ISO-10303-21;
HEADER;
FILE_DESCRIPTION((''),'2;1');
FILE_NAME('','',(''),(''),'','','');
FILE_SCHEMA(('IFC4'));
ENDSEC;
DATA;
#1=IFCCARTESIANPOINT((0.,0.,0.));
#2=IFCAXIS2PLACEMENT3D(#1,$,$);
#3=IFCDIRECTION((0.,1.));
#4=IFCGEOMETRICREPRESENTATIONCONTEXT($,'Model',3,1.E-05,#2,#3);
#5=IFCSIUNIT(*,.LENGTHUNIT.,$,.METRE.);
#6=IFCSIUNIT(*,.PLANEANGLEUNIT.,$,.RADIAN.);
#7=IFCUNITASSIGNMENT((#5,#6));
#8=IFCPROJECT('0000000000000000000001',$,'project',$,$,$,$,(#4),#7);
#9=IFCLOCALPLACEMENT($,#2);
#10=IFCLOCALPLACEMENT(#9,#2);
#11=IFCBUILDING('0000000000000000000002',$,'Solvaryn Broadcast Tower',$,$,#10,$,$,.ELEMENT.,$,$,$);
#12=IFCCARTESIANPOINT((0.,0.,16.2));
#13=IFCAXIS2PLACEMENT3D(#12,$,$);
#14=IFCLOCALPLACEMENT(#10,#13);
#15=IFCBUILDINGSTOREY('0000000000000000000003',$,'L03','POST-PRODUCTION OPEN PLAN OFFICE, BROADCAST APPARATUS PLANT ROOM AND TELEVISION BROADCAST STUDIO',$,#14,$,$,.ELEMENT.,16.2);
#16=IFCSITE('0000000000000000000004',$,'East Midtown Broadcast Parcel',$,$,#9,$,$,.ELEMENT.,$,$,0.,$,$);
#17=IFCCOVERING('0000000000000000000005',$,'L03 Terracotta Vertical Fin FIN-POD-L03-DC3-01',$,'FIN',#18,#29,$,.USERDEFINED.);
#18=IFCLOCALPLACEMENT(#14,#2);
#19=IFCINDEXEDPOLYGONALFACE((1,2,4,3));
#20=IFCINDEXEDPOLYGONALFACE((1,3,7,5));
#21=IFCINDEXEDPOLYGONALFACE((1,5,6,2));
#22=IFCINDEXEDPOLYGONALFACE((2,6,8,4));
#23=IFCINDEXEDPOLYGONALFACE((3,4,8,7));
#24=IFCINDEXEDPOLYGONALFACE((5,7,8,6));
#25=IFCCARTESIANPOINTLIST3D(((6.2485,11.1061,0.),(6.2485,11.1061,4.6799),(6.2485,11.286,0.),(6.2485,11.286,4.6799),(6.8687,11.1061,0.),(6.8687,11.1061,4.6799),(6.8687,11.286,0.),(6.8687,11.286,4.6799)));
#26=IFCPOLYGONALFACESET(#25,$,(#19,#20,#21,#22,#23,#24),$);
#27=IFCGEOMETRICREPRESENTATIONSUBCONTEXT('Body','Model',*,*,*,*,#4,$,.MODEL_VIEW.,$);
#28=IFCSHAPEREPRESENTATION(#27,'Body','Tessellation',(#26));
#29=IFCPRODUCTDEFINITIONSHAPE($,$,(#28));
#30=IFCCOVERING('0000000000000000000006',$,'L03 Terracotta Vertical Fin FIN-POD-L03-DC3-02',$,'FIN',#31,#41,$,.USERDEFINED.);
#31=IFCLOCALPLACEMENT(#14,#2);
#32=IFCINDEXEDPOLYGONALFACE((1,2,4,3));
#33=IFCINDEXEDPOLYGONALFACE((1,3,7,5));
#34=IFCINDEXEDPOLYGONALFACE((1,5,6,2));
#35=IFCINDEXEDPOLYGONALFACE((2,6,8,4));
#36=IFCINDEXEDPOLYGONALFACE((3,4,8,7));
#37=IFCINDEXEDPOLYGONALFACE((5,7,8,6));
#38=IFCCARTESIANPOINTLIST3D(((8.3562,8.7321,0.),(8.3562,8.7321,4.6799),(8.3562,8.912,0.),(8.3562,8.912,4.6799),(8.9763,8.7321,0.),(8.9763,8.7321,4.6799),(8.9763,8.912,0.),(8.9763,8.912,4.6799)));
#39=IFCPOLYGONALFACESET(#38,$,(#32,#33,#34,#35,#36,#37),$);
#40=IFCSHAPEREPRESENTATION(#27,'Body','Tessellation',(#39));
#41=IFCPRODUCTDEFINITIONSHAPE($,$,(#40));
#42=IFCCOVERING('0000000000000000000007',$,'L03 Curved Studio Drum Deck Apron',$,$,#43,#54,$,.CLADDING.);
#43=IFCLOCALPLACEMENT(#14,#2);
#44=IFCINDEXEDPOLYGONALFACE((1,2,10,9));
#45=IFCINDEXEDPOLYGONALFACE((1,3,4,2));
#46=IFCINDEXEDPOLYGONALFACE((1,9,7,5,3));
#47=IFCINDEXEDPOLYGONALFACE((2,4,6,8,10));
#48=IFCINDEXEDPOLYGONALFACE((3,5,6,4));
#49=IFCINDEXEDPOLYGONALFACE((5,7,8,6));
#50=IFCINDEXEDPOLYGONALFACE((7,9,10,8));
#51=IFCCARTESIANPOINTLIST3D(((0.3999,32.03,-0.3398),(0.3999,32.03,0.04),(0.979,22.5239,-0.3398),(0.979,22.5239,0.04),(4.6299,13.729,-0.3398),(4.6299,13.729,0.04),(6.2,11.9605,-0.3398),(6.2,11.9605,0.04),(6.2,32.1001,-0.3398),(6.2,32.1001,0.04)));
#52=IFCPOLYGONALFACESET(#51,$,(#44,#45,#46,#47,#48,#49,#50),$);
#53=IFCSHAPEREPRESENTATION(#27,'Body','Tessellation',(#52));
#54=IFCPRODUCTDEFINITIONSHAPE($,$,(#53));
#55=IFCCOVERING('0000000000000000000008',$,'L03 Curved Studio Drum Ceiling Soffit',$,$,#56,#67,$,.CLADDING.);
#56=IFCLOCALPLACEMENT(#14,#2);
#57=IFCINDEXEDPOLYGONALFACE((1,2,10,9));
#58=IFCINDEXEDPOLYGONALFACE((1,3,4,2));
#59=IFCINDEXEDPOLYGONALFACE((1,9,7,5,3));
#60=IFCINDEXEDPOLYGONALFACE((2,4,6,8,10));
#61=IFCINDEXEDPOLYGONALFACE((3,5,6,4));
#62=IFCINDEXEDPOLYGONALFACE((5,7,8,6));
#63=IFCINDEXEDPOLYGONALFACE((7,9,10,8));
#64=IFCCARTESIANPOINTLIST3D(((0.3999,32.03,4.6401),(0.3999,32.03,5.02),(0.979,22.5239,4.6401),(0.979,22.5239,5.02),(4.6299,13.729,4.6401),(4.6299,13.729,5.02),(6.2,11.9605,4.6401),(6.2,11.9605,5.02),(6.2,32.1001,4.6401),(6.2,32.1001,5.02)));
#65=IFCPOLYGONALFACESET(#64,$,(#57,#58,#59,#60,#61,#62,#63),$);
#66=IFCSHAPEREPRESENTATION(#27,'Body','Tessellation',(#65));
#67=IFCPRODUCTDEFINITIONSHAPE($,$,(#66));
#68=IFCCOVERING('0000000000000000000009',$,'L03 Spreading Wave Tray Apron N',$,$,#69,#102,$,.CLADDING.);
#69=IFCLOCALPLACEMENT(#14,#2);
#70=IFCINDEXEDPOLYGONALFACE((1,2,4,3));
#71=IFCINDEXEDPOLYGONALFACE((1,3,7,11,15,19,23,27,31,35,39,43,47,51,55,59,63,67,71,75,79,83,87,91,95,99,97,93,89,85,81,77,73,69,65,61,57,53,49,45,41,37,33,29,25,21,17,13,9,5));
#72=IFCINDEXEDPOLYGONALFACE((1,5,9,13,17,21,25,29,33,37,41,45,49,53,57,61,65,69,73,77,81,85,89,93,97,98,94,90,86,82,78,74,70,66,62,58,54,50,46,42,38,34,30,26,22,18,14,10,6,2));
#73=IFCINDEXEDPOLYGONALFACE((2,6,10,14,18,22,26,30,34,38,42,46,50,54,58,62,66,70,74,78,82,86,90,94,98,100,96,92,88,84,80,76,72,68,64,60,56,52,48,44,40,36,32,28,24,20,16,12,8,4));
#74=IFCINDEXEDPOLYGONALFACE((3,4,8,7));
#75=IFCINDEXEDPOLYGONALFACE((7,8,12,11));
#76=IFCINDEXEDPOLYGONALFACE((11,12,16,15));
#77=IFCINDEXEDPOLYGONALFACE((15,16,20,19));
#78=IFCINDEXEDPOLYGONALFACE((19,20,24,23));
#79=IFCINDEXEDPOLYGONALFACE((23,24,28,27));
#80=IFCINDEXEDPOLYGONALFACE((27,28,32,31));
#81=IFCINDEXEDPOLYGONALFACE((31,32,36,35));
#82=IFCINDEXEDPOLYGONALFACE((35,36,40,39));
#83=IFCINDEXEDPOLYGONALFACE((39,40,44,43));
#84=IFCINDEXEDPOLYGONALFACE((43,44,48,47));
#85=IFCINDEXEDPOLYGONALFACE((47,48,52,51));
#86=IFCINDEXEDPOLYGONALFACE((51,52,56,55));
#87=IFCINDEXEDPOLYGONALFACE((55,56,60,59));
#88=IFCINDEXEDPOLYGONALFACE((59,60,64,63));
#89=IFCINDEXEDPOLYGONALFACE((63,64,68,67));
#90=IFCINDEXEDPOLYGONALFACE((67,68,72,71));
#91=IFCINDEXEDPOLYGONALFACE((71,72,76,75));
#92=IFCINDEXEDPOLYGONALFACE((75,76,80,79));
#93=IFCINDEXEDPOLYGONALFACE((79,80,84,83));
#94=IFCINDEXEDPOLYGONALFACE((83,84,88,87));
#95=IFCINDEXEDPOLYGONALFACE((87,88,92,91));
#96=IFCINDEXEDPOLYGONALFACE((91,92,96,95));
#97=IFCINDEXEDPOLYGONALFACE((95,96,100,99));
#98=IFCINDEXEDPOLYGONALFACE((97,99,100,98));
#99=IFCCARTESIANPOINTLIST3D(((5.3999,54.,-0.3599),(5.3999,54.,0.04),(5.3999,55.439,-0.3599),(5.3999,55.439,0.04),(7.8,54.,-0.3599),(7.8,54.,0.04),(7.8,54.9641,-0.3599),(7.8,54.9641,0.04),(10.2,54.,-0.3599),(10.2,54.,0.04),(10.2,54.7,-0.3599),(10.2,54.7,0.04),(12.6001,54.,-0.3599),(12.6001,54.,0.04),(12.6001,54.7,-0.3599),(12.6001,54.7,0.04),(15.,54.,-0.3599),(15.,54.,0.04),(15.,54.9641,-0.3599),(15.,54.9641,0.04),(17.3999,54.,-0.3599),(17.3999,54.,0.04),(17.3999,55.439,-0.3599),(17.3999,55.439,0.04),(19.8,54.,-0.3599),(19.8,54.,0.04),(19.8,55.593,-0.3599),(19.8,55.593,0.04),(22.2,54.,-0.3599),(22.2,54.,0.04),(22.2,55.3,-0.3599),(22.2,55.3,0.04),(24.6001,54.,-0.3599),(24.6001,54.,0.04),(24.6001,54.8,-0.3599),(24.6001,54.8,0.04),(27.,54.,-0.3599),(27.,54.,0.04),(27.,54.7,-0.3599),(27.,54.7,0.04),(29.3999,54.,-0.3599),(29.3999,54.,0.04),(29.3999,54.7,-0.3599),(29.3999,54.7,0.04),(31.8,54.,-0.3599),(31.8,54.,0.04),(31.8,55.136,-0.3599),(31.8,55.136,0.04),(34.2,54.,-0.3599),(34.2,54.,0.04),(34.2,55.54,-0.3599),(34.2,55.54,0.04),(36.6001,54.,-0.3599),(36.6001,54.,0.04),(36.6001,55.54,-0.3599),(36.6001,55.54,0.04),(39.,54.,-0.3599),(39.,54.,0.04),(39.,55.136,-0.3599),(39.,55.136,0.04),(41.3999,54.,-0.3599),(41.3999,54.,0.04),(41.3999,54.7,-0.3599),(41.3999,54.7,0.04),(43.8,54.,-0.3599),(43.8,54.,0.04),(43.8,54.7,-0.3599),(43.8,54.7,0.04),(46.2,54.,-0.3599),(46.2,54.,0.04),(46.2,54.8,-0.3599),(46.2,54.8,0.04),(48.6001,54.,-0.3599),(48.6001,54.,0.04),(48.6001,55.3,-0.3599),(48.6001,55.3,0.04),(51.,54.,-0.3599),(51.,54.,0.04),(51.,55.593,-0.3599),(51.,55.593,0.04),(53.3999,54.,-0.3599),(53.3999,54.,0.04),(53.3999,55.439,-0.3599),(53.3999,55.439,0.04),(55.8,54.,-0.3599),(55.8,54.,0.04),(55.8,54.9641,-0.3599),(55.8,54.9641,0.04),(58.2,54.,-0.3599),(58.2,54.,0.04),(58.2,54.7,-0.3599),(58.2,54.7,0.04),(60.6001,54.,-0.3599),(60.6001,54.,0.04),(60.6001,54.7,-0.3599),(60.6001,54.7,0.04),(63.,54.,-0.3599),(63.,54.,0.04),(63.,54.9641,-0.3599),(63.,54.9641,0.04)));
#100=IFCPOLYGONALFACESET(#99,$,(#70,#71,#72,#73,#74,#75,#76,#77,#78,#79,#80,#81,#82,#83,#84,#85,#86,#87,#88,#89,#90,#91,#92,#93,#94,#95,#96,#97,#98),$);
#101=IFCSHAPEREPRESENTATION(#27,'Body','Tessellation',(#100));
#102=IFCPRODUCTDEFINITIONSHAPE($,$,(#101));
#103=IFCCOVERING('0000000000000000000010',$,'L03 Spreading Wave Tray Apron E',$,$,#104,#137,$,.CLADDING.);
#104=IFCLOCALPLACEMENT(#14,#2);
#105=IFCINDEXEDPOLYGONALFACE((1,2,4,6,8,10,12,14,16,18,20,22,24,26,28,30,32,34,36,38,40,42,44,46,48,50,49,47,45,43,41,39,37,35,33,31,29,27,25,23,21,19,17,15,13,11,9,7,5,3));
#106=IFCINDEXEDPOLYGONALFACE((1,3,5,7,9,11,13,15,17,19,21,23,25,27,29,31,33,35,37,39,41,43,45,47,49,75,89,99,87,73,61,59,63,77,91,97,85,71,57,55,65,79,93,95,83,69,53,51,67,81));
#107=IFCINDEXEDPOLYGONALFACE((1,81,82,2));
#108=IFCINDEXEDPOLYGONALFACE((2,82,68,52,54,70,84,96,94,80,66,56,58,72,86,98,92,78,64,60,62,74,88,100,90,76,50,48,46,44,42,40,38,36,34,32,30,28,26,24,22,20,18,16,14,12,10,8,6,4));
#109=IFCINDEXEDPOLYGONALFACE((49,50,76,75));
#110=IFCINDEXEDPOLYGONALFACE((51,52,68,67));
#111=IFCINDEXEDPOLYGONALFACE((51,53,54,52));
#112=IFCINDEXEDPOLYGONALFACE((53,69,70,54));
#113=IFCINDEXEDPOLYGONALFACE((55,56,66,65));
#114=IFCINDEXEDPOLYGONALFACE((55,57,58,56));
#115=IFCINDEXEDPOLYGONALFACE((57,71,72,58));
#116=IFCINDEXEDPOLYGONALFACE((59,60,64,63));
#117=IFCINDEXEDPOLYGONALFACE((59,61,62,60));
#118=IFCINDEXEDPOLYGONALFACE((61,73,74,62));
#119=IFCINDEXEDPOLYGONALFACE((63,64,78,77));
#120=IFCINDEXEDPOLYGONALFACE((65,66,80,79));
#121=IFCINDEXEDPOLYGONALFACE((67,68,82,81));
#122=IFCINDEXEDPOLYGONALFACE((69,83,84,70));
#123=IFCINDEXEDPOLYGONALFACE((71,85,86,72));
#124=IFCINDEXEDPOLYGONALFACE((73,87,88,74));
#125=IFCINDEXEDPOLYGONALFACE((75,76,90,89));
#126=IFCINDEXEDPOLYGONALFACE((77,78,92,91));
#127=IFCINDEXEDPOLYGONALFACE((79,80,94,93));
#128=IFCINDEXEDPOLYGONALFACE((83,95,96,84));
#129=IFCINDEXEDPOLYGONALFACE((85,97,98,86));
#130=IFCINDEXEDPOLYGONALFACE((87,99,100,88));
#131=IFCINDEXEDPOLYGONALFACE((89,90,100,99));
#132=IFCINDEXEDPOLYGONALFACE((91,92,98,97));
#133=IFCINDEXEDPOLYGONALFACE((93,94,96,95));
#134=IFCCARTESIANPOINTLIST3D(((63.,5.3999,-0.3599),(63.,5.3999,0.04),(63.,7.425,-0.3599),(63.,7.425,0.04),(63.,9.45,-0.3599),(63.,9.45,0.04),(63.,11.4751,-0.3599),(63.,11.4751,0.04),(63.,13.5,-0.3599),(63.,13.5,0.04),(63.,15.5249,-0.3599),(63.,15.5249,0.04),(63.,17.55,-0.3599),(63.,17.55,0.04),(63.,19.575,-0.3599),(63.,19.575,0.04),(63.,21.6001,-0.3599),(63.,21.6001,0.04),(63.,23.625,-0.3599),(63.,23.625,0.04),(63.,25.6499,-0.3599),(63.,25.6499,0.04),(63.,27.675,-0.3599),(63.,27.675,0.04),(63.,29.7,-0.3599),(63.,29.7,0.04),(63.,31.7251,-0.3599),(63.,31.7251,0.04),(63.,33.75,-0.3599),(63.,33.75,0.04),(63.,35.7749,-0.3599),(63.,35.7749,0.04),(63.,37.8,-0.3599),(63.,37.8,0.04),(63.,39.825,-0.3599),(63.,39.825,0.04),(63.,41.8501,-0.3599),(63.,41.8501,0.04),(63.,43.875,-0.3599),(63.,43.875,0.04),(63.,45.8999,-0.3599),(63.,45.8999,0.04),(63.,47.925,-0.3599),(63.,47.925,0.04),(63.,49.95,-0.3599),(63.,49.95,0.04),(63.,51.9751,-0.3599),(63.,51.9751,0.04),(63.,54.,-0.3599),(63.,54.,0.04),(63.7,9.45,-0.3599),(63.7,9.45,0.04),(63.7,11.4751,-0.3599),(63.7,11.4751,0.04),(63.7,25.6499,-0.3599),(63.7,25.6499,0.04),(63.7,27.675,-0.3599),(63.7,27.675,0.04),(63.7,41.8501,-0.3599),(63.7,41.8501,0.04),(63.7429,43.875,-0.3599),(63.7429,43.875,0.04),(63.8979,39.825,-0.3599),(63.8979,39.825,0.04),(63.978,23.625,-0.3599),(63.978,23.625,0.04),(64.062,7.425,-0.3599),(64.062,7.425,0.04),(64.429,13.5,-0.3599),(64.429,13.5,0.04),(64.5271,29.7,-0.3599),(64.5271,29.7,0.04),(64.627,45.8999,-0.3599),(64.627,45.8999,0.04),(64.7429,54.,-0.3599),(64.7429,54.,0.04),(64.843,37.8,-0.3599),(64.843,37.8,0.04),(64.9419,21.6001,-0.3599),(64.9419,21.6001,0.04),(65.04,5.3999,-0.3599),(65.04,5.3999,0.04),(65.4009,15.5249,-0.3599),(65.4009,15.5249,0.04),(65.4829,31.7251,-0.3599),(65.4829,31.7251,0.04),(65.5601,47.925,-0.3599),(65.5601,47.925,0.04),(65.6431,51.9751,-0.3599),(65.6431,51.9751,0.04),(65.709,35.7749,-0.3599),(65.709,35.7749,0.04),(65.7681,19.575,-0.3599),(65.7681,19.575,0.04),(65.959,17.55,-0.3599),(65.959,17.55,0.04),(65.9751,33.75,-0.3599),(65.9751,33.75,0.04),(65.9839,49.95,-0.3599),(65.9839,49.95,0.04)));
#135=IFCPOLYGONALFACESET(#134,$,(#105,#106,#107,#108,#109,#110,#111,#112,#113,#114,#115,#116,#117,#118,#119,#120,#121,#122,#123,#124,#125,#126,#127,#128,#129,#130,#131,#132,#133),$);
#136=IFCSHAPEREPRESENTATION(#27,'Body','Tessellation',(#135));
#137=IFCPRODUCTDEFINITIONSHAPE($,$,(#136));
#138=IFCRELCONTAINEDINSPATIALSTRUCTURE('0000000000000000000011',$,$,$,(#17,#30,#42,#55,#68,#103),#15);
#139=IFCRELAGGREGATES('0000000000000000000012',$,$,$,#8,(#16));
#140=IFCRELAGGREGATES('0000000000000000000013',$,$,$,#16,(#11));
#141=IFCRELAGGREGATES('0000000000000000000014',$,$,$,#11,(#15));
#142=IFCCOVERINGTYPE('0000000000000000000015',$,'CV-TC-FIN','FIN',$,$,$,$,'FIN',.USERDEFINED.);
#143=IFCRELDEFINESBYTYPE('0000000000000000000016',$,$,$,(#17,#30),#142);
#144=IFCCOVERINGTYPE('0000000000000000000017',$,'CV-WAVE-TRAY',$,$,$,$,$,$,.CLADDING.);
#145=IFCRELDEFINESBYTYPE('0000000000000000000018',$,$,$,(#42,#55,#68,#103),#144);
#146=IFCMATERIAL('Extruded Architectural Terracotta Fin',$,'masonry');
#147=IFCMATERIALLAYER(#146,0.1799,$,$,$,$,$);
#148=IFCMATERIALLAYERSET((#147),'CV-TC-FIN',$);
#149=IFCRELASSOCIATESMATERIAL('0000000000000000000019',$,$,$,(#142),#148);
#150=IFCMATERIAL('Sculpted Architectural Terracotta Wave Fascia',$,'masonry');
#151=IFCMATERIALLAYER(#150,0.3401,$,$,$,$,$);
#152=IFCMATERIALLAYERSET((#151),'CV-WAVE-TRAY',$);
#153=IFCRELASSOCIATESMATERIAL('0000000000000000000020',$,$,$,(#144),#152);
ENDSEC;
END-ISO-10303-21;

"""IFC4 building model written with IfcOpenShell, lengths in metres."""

from ifc_helpers import new_model, si_unit, direction, frame, origin, origin_2d, place, context, subcontext, project, spatial, polyline, rectangle, outline, extrude, material, layer, layer_set, type_object, element, save


model = new_model("IFC4")

# Units and contexts
model_context = context("Model", 3, precision=1e-05, world=origin(), true_north=direction((0.0, 1.0)))
body_context = subcontext(model_context, "Body", "Model", "MODEL_VIEW")
ifc_project = project(units=[si_unit("LENGTHUNIT", "METRE"), si_unit("PLANEANGLEUNIT", "RADIAN")], contexts=[model_context])

# Site, building, storey
site_placement = place(None, origin())
site = spatial("IfcSite", under=ifc_project, at=site_placement, Name="East Midtown Broadcast Parcel", CompositionType="ELEMENT", RefElevation=0.0)
building_placement = place(site_placement, origin())
building = spatial("IfcBuilding", under=site, at=building_placement, Name="Solvaryn Broadcast Tower", CompositionType="ELEMENT")
storey_placement = place(building_placement, frame((0.0, 0.0, 16.2)))
storey = spatial("IfcBuildingStorey", under=building, at=storey_placement, Name="L03", Description="POST-PRODUCTION OPEN PLAN OFFICE, BROADCAST APPARATUS PLANT ROOM AND TELEVISION BROADCAST STUDIO", CompositionType="ELEMENT", Elevation=16.2)

# Coverings
ifc_material_1 = material(Name="Extruded Architectural Terracotta Fin", Category="masonry")
ifc_layer_1 = layer(ifc_material_1, 0.1799)
ifc_layer_set_1 = layer_set([ifc_layer_1], Name="CV-TC-FIN")
covering_type_1 = type_object("IfcCoveringType", Name="CV-TC-FIN", Description="FIN", ElementType="FIN", PredefinedType="USERDEFINED", material=ifc_layer_set_1)
for number, where, z_axis, x_axis, name in (
    (1, (6.5586, 11.196, 0.0), (0.0, 0.0, 1.0), (1.0, 0.0, 0.0), "L03 Terracotta Vertical Fin FIN-POD-L03-DC3-01"),
    (2, (8.6663, 8.822, 0.0), (0.0, 0.0, 1.0), (1.0, 0.0, 0.0), "L03 Terracotta Vertical Fin FIN-POD-L03-DC3-02"),
):
    element("IfcCovering", number, at=place(storey_placement, frame(where, z_axis=z_axis, x_axis=x_axis)), inside=storey, type_object=covering_type_1, Name=name, ObjectType="FIN", PredefinedType="USERDEFINED", context=body_context, shape_type="SweptSolid", body=[
        extrude(rectangle(XDim=0.6201, YDim=0.1799, at=origin_2d()), origin(), (0.0, 0.0, 1.0), 4.6799),
    ])
ifc_material_2 = material(Name="Sculpted Architectural Terracotta Wave Fascia", Category="masonry")
ifc_layer_2 = layer(ifc_material_2, 0.3401)
ifc_layer_set_2 = layer_set([ifc_layer_2], Name="CV-WAVE-TRAY")
covering_type_2 = type_object("IfcCoveringType", Name="CV-WAVE-TRAY", PredefinedType="CLADDING", material=ifc_layer_set_2)
for number, where, name in (
    (3, (0.0, 0.0, -0.3398), "L03 Curved Studio Drum Deck Apron"),
    (4, (0.0, 0.0, 4.6401), "L03 Curved Studio Drum Ceiling Soffit"),
):
    element("IfcCovering", number, at=place(storey_placement, frame(where)), inside=storey, type_object=covering_type_2, Name=name, PredefinedType="CLADDING", context=body_context, shape_type="SweptSolid", body=[
        extrude(outline(polyline([(6.2, 32.1001), (0.3999, 32.03), (0.979, 22.5239), (4.6299, 13.729), (10.9529, 6.6069), (19.2539, 1.9419), (21.1001, 6.2), (6.2, 6.2), (6.2, 32.1001)])), origin(), (0.0, 0.0, 1.0), 0.3799),
    ])
covering_1_placement = place(storey_placement, frame((0.0, 0.0, -0.3599)))
element("IfcCovering", 5, at=covering_1_placement, inside=storey, type_object=covering_type_2, Name="L03 Spreading Wave Tray Apron N", PredefinedType="CLADDING", context=body_context, shape_type="SweptSolid", body=[
    extrude(outline(polyline([(5.3999, 54.0), (7.8, 54.0), (10.2, 54.0), (12.6001, 54.0), (15.0, 54.0), (17.3999, 54.0), (19.8, 54.0), (22.2, 54.0), (24.6001, 54.0), (27.0, 54.0), (29.3999, 54.0), (31.8, 54.0), (34.2, 54.0), (36.6001, 54.0), (39.0, 54.0), (41.3999, 54.0), (43.8, 54.0), (46.2, 54.0), (48.6001, 54.0), (51.0, 54.0), (53.3999, 54.0), (55.8, 54.0), (58.2, 54.0), (60.6001, 54.0), (63.0, 54.0), (63.0, 54.9641), (60.6001, 54.7), (58.2, 54.7), (55.8, 54.9641), (53.3999, 55.439), (51.0, 55.593), (48.6001, 55.3), (46.2, 54.8), (43.8, 54.7), (41.3999, 54.7), (39.0, 55.136), (36.6001, 55.54), (34.2, 55.54), (31.8, 55.136), (29.3999, 54.7), (27.0, 54.7), (24.6001, 54.8), (22.2, 55.3), (19.8, 55.593), (17.3999, 55.439), (15.0, 54.9641), (12.6001, 54.7), (10.2, 54.7), (7.8, 54.9641), (5.3999, 55.439), (5.3999, 54.0)])), origin(), (0.0, 0.0, 1.0), 0.3999),
])
covering_2_placement = place(storey_placement, frame((0.0, 0.0, -0.3599)))
element("IfcCovering", 6, at=covering_2_placement, inside=storey, type_object=covering_type_2, Name="L03 Spreading Wave Tray Apron E", PredefinedType="CLADDING", context=body_context, shape_type="SweptSolid", body=[
    extrude(outline(polyline([(65.04, 5.3999), (64.062, 7.425), (63.7, 9.45), (63.7, 11.4751), (64.429, 13.5), (65.4009, 15.5249), (65.959, 17.55), (65.7681, 19.575), (64.9419, 21.6001), (63.978, 23.625), (63.7, 25.6499), (63.7, 27.675), (64.5271, 29.7), (65.4829, 31.7251), (65.9751, 33.75), (65.709, 35.7749), (64.843, 37.8), (63.8979, 39.825), (63.7, 41.8501), (63.7429, 43.875), (64.627, 45.8999), (65.5601, 47.925), (65.9839, 49.95), (65.6431, 51.9751), (64.7429, 54.0), (63.0, 54.0), (63.0, 51.9751), (63.0, 49.95), (63.0, 47.925), (63.0, 45.8999), (63.0, 43.875), (63.0, 41.8501), (63.0, 39.825), (63.0, 37.8), (63.0, 35.7749), (63.0, 33.75), (63.0, 31.7251), (63.0, 29.7), (63.0, 27.675), (63.0, 25.6499), (63.0, 23.625), (63.0, 21.6001), (63.0, 19.575), (63.0, 17.55), (63.0, 15.5249), (63.0, 13.5), (63.0, 11.4751), (63.0, 9.45), (63.0, 7.425), (63.0, 5.3999), (65.04, 5.3999)])), origin(), (0.0, 0.0, 1.0), 0.3999),
])

save(model, "model.ifc")
